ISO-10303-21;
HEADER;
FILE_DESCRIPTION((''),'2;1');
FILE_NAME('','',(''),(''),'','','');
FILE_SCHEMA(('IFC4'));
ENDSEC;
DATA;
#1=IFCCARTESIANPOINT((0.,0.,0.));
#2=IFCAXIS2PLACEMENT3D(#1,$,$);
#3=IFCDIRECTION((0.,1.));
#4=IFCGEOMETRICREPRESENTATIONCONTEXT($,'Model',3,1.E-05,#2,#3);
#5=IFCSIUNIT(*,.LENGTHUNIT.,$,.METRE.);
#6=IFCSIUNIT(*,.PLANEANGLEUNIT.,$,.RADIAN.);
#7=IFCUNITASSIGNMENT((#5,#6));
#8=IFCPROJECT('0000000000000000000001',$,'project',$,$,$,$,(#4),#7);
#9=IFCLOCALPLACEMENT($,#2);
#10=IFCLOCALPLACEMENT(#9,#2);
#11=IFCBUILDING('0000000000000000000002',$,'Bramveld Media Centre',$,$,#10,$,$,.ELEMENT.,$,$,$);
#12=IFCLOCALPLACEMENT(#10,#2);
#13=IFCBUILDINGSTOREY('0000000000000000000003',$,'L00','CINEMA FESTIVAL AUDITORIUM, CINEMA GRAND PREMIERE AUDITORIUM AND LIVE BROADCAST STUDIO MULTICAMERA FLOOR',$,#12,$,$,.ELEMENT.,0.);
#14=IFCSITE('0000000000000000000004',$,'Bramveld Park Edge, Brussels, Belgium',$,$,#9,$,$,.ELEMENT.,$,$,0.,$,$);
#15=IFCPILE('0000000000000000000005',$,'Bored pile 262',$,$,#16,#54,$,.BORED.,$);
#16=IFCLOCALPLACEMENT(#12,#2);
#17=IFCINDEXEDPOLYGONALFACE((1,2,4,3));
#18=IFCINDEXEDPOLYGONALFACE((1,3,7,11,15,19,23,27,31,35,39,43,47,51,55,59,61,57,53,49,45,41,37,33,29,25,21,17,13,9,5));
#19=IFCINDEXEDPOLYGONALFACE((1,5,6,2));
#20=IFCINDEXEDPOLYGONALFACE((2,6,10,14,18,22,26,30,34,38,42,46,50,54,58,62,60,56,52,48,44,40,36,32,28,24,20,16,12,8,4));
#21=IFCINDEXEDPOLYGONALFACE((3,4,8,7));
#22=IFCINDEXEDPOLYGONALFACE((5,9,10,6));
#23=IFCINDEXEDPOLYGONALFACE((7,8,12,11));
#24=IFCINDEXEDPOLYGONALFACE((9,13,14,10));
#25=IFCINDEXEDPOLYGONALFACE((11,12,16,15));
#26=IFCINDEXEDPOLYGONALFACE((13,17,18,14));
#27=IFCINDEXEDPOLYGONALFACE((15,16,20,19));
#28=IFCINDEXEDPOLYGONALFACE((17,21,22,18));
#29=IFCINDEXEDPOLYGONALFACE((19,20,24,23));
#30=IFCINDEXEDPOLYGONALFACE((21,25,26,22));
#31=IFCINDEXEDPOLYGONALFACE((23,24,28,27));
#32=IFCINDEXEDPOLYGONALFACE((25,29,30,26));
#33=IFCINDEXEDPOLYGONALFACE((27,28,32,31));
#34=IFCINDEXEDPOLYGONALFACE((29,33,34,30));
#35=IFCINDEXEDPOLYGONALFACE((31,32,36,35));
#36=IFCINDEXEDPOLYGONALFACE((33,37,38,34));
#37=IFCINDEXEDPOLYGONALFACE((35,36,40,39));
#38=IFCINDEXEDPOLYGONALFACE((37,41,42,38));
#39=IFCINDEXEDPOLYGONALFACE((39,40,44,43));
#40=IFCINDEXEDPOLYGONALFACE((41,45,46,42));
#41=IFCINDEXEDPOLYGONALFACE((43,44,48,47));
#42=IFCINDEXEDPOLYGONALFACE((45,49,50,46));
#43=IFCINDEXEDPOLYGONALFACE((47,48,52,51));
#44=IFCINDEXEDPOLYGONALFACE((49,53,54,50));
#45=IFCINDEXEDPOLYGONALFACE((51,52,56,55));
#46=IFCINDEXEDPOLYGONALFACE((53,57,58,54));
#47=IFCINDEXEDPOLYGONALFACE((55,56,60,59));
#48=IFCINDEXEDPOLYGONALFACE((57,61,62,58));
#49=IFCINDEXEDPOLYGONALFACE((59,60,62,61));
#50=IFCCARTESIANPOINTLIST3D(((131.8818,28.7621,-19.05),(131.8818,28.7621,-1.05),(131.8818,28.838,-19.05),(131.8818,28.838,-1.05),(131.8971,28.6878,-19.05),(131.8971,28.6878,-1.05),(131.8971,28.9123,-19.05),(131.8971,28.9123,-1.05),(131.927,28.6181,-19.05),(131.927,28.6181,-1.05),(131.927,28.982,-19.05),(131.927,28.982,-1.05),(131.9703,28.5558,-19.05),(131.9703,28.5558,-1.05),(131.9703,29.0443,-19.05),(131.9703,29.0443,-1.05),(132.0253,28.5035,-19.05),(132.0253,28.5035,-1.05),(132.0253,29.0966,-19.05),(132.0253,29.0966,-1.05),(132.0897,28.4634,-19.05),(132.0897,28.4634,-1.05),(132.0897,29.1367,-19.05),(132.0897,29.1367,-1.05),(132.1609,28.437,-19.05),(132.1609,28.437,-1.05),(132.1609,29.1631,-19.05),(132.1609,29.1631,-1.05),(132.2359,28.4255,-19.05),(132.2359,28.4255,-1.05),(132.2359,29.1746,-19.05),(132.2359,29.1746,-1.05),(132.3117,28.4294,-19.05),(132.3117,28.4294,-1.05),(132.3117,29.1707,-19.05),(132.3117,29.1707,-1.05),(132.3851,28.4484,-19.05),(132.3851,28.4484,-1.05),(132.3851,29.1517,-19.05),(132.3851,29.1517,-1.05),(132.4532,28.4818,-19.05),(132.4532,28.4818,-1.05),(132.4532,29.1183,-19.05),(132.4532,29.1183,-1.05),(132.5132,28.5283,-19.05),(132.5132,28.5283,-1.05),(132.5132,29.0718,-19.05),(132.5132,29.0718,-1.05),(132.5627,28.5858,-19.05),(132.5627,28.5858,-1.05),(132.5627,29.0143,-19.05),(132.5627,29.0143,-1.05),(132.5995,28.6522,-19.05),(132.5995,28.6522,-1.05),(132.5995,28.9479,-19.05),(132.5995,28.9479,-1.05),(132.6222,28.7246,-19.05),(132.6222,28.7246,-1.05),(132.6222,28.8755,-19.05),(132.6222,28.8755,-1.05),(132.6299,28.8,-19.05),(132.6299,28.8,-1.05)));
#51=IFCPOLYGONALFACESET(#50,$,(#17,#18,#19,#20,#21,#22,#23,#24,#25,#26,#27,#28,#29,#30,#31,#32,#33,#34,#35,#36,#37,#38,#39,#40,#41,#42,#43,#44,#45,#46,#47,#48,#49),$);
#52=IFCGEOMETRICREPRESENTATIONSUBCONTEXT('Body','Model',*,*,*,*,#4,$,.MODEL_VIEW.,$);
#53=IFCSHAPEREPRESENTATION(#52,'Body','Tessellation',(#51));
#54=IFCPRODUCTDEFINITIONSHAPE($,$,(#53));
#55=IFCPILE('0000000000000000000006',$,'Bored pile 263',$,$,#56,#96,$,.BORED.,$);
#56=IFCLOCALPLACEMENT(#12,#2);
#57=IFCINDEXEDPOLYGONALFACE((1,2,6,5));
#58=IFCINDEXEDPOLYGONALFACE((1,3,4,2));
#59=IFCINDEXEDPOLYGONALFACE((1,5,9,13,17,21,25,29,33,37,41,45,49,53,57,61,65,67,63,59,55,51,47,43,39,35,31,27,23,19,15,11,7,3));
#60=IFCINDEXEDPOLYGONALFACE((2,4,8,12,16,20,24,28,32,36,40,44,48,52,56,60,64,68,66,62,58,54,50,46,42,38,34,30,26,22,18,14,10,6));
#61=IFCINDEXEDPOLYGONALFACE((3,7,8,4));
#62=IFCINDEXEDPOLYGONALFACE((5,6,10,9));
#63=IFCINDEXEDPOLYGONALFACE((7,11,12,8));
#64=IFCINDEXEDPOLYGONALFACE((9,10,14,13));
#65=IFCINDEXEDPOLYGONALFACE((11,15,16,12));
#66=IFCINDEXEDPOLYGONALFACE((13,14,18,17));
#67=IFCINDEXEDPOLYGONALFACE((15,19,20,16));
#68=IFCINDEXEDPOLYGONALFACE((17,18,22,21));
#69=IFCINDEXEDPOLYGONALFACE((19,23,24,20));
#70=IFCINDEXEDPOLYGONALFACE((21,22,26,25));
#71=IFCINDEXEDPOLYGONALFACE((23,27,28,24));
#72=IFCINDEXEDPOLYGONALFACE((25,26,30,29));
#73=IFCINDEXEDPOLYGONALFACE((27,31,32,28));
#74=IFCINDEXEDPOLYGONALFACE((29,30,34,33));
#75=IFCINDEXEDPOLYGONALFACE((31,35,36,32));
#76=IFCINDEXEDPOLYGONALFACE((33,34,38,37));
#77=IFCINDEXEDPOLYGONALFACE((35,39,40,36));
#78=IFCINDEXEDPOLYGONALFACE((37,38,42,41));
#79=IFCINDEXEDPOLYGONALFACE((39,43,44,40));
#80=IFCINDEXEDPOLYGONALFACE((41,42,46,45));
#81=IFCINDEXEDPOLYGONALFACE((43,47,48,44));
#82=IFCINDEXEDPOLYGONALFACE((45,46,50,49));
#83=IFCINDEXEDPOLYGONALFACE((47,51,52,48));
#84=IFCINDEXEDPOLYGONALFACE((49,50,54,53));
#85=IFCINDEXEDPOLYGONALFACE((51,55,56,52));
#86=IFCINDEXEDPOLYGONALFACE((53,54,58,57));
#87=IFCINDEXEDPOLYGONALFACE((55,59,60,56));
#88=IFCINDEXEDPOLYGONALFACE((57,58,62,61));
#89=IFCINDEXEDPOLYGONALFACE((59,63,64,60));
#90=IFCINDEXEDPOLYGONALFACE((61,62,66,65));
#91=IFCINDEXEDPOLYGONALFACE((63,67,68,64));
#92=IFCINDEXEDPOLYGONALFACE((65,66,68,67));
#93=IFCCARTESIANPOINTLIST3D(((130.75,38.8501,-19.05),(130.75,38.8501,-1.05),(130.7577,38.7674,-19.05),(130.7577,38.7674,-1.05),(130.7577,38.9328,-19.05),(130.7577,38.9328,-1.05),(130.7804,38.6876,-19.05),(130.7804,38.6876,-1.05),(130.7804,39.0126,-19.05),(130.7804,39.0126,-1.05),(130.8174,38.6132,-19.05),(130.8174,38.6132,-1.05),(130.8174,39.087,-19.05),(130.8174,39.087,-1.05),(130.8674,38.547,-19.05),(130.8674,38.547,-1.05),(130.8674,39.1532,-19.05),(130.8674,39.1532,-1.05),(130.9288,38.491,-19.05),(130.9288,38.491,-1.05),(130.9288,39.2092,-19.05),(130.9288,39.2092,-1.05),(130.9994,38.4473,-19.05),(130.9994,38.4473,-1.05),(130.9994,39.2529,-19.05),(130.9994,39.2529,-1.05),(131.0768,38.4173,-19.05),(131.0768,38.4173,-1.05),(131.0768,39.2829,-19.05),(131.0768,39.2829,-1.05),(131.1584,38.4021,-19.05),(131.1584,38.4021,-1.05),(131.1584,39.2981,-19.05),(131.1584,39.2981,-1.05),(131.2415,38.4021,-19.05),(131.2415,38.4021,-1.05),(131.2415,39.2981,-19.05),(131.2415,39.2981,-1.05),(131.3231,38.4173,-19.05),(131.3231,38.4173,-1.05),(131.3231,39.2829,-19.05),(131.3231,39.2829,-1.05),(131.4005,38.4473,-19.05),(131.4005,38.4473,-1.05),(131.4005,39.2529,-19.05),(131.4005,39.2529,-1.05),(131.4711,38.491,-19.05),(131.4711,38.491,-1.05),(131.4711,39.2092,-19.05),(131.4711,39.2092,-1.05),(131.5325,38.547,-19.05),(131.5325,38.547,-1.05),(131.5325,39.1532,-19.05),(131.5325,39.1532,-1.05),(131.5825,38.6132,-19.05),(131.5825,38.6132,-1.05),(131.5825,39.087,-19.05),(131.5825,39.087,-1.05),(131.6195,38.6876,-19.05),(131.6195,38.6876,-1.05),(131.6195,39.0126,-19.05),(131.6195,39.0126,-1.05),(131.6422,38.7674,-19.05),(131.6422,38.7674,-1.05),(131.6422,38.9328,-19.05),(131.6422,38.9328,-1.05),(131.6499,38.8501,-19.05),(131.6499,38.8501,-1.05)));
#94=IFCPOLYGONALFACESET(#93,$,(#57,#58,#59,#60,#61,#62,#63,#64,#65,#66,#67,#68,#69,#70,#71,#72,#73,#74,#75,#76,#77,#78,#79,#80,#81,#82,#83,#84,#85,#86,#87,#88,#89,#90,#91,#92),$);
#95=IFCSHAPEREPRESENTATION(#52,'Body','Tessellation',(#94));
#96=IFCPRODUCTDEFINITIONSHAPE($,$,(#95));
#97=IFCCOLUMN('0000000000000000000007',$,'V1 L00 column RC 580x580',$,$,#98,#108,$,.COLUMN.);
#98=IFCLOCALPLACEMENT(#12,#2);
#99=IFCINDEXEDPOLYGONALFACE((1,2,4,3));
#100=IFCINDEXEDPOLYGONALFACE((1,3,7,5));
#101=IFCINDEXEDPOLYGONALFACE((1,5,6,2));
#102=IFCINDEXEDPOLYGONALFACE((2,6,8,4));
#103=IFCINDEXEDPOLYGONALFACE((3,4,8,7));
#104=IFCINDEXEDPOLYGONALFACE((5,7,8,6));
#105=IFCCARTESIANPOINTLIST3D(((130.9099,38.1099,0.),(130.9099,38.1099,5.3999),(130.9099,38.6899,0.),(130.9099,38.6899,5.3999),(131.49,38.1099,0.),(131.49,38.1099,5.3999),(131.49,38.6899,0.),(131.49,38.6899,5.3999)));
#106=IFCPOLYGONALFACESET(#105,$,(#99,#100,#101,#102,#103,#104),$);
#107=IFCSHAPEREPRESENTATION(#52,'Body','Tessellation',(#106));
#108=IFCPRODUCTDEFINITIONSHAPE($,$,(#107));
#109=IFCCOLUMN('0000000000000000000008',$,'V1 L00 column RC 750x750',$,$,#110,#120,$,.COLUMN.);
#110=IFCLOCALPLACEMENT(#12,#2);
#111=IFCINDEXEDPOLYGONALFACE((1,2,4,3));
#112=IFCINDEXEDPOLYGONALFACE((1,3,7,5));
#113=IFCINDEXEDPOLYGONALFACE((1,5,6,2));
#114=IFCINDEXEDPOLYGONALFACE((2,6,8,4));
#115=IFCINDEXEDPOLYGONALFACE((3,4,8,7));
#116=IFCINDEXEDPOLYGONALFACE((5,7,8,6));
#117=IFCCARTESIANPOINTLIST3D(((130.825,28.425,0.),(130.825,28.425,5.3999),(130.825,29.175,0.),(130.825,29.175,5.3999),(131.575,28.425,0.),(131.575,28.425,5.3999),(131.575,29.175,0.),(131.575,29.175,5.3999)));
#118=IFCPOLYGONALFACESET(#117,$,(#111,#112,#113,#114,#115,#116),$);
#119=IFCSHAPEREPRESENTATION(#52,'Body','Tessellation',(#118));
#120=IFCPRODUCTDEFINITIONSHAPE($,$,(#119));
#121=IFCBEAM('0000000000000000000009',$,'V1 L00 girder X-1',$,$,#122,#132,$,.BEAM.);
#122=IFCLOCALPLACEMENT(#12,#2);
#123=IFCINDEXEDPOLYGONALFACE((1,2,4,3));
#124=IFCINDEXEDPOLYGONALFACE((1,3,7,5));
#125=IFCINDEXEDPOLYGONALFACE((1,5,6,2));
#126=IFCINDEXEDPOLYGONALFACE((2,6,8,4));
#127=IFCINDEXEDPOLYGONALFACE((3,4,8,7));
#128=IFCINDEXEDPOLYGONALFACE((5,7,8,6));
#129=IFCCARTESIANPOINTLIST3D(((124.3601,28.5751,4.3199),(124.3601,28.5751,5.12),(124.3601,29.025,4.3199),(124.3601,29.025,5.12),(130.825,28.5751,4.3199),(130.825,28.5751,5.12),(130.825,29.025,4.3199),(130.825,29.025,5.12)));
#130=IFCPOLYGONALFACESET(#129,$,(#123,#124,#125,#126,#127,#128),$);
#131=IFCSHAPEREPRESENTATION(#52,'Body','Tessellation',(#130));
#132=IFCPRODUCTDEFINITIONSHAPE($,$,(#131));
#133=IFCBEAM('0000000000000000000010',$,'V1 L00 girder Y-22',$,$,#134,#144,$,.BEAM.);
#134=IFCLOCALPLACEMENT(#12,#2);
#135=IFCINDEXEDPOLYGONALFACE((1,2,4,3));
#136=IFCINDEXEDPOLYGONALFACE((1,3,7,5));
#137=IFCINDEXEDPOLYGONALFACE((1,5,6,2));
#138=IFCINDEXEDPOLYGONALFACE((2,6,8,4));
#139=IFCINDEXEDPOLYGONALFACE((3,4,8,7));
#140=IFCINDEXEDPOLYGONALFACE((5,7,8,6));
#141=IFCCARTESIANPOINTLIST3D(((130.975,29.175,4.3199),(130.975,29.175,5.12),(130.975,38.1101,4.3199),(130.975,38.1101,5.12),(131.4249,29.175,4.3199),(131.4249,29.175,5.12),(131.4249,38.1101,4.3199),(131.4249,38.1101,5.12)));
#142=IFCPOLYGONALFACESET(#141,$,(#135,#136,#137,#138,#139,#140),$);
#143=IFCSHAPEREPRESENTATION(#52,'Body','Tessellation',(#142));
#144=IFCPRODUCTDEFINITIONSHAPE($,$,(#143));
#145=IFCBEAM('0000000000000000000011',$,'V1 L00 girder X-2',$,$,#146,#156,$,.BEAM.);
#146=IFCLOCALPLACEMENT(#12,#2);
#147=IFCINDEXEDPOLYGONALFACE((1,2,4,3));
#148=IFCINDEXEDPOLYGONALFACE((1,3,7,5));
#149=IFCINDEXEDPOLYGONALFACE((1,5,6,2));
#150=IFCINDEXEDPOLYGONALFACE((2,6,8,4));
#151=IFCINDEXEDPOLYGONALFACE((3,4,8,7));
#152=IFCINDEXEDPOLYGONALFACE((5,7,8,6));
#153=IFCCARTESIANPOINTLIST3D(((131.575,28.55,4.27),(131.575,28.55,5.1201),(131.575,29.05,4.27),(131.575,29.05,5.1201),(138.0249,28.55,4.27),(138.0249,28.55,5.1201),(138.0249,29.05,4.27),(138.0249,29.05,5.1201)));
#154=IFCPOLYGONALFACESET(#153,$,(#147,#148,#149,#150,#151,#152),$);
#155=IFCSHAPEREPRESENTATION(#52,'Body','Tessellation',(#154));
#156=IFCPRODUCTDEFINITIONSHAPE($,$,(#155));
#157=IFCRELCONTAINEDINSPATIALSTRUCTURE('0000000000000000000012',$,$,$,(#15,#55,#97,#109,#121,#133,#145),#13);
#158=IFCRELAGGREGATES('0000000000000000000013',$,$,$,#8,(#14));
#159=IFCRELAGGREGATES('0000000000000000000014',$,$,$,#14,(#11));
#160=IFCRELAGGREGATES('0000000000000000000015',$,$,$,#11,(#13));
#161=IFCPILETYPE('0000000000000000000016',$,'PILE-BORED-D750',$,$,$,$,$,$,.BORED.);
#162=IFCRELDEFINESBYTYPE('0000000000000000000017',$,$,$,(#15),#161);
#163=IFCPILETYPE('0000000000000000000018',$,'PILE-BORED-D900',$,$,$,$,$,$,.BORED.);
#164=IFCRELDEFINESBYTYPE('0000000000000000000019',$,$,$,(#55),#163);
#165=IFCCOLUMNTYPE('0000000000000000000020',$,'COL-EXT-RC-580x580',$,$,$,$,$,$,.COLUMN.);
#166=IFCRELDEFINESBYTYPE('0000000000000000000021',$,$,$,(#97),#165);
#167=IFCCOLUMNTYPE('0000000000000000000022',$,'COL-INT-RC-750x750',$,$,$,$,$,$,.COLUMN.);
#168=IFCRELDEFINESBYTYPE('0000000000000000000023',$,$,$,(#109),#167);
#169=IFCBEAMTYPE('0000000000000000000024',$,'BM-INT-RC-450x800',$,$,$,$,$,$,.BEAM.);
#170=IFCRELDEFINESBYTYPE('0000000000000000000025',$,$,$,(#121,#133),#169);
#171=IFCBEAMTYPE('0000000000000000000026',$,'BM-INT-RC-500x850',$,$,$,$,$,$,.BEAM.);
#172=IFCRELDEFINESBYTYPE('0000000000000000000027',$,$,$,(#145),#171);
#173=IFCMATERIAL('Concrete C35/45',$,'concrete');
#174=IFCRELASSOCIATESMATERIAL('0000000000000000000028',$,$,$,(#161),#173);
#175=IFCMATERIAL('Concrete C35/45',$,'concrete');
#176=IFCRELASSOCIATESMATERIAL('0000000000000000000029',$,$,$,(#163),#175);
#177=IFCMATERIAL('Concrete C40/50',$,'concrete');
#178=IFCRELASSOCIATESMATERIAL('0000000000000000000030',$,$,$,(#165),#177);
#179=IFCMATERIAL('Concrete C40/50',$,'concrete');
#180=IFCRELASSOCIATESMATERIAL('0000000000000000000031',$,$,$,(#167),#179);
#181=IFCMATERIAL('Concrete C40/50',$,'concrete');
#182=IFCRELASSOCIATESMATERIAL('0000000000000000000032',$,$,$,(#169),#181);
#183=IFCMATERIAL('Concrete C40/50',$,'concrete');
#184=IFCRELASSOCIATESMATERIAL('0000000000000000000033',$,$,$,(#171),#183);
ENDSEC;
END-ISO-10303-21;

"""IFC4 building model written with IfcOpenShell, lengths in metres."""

from ifc_helpers import new_model, si_unit, direction, frame, origin, origin_2d, place, context, subcontext, project, spatial, rectangle, circle, extrude, material, material_profile, profile_set, type_object, element, save


model = new_model("IFC4")

# Units and contexts
model_context = context("Model", 3, precision=1e-05, world=origin(), true_north=direction((0.0, 1.0)))
body_context = subcontext(model_context, "Body", "Model", "MODEL_VIEW")
ifc_project = project(units=[si_unit("LENGTHUNIT", "METRE"), si_unit("PLANEANGLEUNIT", "RADIAN")], contexts=[model_context])

# Site, building, storey
site_placement = place(None, origin())
site = spatial("IfcSite", under=ifc_project, at=site_placement, Name="Bramveld Park Edge, Brussels, Belgium", CompositionType="ELEMENT", RefElevation=0.0)
building_placement = place(site_placement, origin())
building = spatial("IfcBuilding", under=site, at=building_placement, Name="Bramveld Media Centre", CompositionType="ELEMENT")
storey_placement = place(building_placement, origin())
storey = spatial("IfcBuildingStorey", under=building, at=storey_placement, Name="L00", Description="CINEMA FESTIVAL AUDITORIUM, CINEMA GRAND PREMIERE AUDITORIUM AND LIVE BROADCAST STUDIO MULTICAMERA FLOOR", CompositionType="ELEMENT", Elevation=0.0)

# Piles
ifc_material_1 = material(Name="Concrete C35/45", Category="concrete")
ifc_material_profile_1 = material_profile(ifc_material_1, circle(Radius=0.375, at=origin_2d()), Name="BORED D750")
ifc_profile_set_1 = profile_set([ifc_material_profile_1], Name="Concrete C35/45")
pile_type_1 = type_object("IfcPileType", Name="PILE-BORED-D750", PredefinedType="BORED", material=ifc_profile_set_1)
for number, where, z_axis, x_axis, name in (
    (1, (132.2549, 28.8, -1.05), (0.0, 0.0, -1.0), (1.0, 0.0, 0.0), "Bored pile 262"),
):
    element("IfcPile", number, at=place(storey_placement, frame(where, z_axis=z_axis, x_axis=x_axis)), inside=storey, type_object=pile_type_1, Name=name, PredefinedType="BORED", context=body_context, shape_type="SweptSolid", body=[
        extrude(circle(Radius=0.375, at=origin_2d()), origin(), (0.0, 0.0, 1.0), 18.0),
    ])
ifc_material_2 = material(Name="Concrete C35/45", Category="concrete")
ifc_material_profile_2 = material_profile(ifc_material_2, circle(Radius=0.45, at=origin_2d()), Name="BORED D900")
ifc_profile_set_2 = profile_set([ifc_material_profile_2], Name="Concrete C35/45")
pile_type_2 = type_object("IfcPileType", Name="PILE-BORED-D900", PredefinedType="BORED", material=ifc_profile_set_2)
pile_placement = place(storey_placement, frame((131.2, 38.8501, -1.05), z_axis=(0.0, 0.0, -1.0), x_axis=(1.0, 0.0, 0.0)))
element("IfcPile", 2, at=pile_placement, inside=storey, type_object=pile_type_2, Name="Bored pile 263", PredefinedType="BORED", context=body_context, shape_type="SweptSolid", body=[
    extrude(circle(Radius=0.45, at=origin_2d()), origin(), (0.0, 0.0, 1.0), 18.0),
])

# Columns
ifc_material_3 = material(Name="Concrete C40/50", Category="concrete")
ifc_material_profile_3 = material_profile(ifc_material_3, rectangle(XDim=0.5801, YDim=0.5801, at=origin_2d()), Name="RC 580x580")
ifc_profile_set_3 = profile_set([ifc_material_profile_3], Name="Concrete C40/50")
column_type_1 = type_object("IfcColumnType", Name="COL-EXT-RC-580x580", PredefinedType="COLUMN", material=ifc_profile_set_3)
column_1_placement = place(storey_placement, frame((131.2, 38.3999, 0.0), z_axis=(0.0, 0.0, 1.0), x_axis=(1.0, 0.0, 0.0)))
element("IfcColumn", 3, at=column_1_placement, inside=storey, type_object=column_type_1, Name="V1 L00 column RC 580x580", PredefinedType="COLUMN", context=body_context, shape_type="SweptSolid", body=[
    extrude(rectangle(XDim=0.5801, YDim=0.5801, at=origin_2d()), origin(), (0.0, 0.0, 1.0), 5.3999),
])
ifc_material_4 = material(Name="Concrete C40/50", Category="concrete")
ifc_material_profile_4 = material_profile(ifc_material_4, rectangle(XDim=0.75, YDim=0.75, at=origin_2d()), Name="RC 750x750")
ifc_profile_set_4 = profile_set([ifc_material_profile_4], Name="Concrete C40/50")
column_type_2 = type_object("IfcColumnType", Name="COL-INT-RC-750x750", PredefinedType="COLUMN", material=ifc_profile_set_4)
column_2_placement = place(storey_placement, frame((131.2, 28.8, 0.0), z_axis=(0.0, 0.0, 1.0), x_axis=(1.0, 0.0, 0.0)))
element("IfcColumn", 4, at=column_2_placement, inside=storey, type_object=column_type_2, Name="V1 L00 column RC 750x750", PredefinedType="COLUMN", context=body_context, shape_type="SweptSolid", body=[
    extrude(rectangle(XDim=0.75, YDim=0.75, at=origin_2d()), origin(), (0.0, 0.0, 1.0), 5.3999),
])

# Beams
ifc_material_5 = material(Name="Concrete C40/50", Category="concrete")
ifc_material_profile_5 = material_profile(ifc_material_5, rectangle(XDim=0.45, YDim=0.8, at=origin_2d()), Name="RC 450x800")
ifc_profile_set_5 = profile_set([ifc_material_profile_5], Name="Concrete C40/50")
beam_type_1 = type_object("IfcBeamType", Name="BM-INT-RC-450x800", PredefinedType="BEAM", material=ifc_profile_set_5)
beam_1_placement = place(storey_placement, frame((124.3601, 28.8, 4.72), z_axis=(1.0, 0.0, 0.0), x_axis=(0.0, 1.0, 0.0)))
element("IfcBeam", 5, at=beam_1_placement, inside=storey, type_object=beam_type_1, Name="V1 L00 girder X-1", PredefinedType="BEAM", context=body_context, shape_type="SweptSolid", body=[
    extrude(rectangle(XDim=0.45, YDim=0.8, at=origin_2d()), origin(), (0.0, 0.0, 1.0), 6.4648),
])
beam_2_placement = place(storey_placement, frame((131.2, 29.175, 4.72), z_axis=(0.0, 1.0, 0.0), x_axis=(-1.0, 0.0, 0.0)))
element("IfcBeam", 6, at=beam_2_placement, inside=storey, type_object=beam_type_1, Name="V1 L00 girder Y-22", PredefinedType="BEAM", context=body_context, shape_type="SweptSolid", body=[
    extrude(rectangle(XDim=0.45, YDim=0.8, at=origin_2d()), origin(), (0.0, 0.0, 1.0), 8.9351),
])
ifc_material_6 = material(Name="Concrete C40/50", Category="concrete")
ifc_material_profile_6 = material_profile(ifc_material_6, rectangle(XDim=0.5, YDim=0.8501, at=origin_2d()), Name="RC 500x850")
ifc_profile_set_6 = profile_set([ifc_material_profile_6], Name="Concrete C40/50")
beam_type_2 = type_object("IfcBeamType", Name="BM-INT-RC-500x850", PredefinedType="BEAM", material=ifc_profile_set_6)
beam_3_placement = place(storey_placement, frame((131.575, 28.8, 4.6951), z_axis=(1.0, 0.0, 0.0), x_axis=(0.0, 1.0, 0.0)))
element("IfcBeam", 7, at=beam_3_placement, inside=storey, type_object=beam_type_2, Name="V1 L00 girder X-2", PredefinedType="BEAM", context=body_context, shape_type="SweptSolid", body=[
    extrude(rectangle(XDim=0.5, YDim=0.8501, at=origin_2d()), origin(), (0.0, 0.0, 1.0), 6.45),
])

save(model, "model.ifc")
